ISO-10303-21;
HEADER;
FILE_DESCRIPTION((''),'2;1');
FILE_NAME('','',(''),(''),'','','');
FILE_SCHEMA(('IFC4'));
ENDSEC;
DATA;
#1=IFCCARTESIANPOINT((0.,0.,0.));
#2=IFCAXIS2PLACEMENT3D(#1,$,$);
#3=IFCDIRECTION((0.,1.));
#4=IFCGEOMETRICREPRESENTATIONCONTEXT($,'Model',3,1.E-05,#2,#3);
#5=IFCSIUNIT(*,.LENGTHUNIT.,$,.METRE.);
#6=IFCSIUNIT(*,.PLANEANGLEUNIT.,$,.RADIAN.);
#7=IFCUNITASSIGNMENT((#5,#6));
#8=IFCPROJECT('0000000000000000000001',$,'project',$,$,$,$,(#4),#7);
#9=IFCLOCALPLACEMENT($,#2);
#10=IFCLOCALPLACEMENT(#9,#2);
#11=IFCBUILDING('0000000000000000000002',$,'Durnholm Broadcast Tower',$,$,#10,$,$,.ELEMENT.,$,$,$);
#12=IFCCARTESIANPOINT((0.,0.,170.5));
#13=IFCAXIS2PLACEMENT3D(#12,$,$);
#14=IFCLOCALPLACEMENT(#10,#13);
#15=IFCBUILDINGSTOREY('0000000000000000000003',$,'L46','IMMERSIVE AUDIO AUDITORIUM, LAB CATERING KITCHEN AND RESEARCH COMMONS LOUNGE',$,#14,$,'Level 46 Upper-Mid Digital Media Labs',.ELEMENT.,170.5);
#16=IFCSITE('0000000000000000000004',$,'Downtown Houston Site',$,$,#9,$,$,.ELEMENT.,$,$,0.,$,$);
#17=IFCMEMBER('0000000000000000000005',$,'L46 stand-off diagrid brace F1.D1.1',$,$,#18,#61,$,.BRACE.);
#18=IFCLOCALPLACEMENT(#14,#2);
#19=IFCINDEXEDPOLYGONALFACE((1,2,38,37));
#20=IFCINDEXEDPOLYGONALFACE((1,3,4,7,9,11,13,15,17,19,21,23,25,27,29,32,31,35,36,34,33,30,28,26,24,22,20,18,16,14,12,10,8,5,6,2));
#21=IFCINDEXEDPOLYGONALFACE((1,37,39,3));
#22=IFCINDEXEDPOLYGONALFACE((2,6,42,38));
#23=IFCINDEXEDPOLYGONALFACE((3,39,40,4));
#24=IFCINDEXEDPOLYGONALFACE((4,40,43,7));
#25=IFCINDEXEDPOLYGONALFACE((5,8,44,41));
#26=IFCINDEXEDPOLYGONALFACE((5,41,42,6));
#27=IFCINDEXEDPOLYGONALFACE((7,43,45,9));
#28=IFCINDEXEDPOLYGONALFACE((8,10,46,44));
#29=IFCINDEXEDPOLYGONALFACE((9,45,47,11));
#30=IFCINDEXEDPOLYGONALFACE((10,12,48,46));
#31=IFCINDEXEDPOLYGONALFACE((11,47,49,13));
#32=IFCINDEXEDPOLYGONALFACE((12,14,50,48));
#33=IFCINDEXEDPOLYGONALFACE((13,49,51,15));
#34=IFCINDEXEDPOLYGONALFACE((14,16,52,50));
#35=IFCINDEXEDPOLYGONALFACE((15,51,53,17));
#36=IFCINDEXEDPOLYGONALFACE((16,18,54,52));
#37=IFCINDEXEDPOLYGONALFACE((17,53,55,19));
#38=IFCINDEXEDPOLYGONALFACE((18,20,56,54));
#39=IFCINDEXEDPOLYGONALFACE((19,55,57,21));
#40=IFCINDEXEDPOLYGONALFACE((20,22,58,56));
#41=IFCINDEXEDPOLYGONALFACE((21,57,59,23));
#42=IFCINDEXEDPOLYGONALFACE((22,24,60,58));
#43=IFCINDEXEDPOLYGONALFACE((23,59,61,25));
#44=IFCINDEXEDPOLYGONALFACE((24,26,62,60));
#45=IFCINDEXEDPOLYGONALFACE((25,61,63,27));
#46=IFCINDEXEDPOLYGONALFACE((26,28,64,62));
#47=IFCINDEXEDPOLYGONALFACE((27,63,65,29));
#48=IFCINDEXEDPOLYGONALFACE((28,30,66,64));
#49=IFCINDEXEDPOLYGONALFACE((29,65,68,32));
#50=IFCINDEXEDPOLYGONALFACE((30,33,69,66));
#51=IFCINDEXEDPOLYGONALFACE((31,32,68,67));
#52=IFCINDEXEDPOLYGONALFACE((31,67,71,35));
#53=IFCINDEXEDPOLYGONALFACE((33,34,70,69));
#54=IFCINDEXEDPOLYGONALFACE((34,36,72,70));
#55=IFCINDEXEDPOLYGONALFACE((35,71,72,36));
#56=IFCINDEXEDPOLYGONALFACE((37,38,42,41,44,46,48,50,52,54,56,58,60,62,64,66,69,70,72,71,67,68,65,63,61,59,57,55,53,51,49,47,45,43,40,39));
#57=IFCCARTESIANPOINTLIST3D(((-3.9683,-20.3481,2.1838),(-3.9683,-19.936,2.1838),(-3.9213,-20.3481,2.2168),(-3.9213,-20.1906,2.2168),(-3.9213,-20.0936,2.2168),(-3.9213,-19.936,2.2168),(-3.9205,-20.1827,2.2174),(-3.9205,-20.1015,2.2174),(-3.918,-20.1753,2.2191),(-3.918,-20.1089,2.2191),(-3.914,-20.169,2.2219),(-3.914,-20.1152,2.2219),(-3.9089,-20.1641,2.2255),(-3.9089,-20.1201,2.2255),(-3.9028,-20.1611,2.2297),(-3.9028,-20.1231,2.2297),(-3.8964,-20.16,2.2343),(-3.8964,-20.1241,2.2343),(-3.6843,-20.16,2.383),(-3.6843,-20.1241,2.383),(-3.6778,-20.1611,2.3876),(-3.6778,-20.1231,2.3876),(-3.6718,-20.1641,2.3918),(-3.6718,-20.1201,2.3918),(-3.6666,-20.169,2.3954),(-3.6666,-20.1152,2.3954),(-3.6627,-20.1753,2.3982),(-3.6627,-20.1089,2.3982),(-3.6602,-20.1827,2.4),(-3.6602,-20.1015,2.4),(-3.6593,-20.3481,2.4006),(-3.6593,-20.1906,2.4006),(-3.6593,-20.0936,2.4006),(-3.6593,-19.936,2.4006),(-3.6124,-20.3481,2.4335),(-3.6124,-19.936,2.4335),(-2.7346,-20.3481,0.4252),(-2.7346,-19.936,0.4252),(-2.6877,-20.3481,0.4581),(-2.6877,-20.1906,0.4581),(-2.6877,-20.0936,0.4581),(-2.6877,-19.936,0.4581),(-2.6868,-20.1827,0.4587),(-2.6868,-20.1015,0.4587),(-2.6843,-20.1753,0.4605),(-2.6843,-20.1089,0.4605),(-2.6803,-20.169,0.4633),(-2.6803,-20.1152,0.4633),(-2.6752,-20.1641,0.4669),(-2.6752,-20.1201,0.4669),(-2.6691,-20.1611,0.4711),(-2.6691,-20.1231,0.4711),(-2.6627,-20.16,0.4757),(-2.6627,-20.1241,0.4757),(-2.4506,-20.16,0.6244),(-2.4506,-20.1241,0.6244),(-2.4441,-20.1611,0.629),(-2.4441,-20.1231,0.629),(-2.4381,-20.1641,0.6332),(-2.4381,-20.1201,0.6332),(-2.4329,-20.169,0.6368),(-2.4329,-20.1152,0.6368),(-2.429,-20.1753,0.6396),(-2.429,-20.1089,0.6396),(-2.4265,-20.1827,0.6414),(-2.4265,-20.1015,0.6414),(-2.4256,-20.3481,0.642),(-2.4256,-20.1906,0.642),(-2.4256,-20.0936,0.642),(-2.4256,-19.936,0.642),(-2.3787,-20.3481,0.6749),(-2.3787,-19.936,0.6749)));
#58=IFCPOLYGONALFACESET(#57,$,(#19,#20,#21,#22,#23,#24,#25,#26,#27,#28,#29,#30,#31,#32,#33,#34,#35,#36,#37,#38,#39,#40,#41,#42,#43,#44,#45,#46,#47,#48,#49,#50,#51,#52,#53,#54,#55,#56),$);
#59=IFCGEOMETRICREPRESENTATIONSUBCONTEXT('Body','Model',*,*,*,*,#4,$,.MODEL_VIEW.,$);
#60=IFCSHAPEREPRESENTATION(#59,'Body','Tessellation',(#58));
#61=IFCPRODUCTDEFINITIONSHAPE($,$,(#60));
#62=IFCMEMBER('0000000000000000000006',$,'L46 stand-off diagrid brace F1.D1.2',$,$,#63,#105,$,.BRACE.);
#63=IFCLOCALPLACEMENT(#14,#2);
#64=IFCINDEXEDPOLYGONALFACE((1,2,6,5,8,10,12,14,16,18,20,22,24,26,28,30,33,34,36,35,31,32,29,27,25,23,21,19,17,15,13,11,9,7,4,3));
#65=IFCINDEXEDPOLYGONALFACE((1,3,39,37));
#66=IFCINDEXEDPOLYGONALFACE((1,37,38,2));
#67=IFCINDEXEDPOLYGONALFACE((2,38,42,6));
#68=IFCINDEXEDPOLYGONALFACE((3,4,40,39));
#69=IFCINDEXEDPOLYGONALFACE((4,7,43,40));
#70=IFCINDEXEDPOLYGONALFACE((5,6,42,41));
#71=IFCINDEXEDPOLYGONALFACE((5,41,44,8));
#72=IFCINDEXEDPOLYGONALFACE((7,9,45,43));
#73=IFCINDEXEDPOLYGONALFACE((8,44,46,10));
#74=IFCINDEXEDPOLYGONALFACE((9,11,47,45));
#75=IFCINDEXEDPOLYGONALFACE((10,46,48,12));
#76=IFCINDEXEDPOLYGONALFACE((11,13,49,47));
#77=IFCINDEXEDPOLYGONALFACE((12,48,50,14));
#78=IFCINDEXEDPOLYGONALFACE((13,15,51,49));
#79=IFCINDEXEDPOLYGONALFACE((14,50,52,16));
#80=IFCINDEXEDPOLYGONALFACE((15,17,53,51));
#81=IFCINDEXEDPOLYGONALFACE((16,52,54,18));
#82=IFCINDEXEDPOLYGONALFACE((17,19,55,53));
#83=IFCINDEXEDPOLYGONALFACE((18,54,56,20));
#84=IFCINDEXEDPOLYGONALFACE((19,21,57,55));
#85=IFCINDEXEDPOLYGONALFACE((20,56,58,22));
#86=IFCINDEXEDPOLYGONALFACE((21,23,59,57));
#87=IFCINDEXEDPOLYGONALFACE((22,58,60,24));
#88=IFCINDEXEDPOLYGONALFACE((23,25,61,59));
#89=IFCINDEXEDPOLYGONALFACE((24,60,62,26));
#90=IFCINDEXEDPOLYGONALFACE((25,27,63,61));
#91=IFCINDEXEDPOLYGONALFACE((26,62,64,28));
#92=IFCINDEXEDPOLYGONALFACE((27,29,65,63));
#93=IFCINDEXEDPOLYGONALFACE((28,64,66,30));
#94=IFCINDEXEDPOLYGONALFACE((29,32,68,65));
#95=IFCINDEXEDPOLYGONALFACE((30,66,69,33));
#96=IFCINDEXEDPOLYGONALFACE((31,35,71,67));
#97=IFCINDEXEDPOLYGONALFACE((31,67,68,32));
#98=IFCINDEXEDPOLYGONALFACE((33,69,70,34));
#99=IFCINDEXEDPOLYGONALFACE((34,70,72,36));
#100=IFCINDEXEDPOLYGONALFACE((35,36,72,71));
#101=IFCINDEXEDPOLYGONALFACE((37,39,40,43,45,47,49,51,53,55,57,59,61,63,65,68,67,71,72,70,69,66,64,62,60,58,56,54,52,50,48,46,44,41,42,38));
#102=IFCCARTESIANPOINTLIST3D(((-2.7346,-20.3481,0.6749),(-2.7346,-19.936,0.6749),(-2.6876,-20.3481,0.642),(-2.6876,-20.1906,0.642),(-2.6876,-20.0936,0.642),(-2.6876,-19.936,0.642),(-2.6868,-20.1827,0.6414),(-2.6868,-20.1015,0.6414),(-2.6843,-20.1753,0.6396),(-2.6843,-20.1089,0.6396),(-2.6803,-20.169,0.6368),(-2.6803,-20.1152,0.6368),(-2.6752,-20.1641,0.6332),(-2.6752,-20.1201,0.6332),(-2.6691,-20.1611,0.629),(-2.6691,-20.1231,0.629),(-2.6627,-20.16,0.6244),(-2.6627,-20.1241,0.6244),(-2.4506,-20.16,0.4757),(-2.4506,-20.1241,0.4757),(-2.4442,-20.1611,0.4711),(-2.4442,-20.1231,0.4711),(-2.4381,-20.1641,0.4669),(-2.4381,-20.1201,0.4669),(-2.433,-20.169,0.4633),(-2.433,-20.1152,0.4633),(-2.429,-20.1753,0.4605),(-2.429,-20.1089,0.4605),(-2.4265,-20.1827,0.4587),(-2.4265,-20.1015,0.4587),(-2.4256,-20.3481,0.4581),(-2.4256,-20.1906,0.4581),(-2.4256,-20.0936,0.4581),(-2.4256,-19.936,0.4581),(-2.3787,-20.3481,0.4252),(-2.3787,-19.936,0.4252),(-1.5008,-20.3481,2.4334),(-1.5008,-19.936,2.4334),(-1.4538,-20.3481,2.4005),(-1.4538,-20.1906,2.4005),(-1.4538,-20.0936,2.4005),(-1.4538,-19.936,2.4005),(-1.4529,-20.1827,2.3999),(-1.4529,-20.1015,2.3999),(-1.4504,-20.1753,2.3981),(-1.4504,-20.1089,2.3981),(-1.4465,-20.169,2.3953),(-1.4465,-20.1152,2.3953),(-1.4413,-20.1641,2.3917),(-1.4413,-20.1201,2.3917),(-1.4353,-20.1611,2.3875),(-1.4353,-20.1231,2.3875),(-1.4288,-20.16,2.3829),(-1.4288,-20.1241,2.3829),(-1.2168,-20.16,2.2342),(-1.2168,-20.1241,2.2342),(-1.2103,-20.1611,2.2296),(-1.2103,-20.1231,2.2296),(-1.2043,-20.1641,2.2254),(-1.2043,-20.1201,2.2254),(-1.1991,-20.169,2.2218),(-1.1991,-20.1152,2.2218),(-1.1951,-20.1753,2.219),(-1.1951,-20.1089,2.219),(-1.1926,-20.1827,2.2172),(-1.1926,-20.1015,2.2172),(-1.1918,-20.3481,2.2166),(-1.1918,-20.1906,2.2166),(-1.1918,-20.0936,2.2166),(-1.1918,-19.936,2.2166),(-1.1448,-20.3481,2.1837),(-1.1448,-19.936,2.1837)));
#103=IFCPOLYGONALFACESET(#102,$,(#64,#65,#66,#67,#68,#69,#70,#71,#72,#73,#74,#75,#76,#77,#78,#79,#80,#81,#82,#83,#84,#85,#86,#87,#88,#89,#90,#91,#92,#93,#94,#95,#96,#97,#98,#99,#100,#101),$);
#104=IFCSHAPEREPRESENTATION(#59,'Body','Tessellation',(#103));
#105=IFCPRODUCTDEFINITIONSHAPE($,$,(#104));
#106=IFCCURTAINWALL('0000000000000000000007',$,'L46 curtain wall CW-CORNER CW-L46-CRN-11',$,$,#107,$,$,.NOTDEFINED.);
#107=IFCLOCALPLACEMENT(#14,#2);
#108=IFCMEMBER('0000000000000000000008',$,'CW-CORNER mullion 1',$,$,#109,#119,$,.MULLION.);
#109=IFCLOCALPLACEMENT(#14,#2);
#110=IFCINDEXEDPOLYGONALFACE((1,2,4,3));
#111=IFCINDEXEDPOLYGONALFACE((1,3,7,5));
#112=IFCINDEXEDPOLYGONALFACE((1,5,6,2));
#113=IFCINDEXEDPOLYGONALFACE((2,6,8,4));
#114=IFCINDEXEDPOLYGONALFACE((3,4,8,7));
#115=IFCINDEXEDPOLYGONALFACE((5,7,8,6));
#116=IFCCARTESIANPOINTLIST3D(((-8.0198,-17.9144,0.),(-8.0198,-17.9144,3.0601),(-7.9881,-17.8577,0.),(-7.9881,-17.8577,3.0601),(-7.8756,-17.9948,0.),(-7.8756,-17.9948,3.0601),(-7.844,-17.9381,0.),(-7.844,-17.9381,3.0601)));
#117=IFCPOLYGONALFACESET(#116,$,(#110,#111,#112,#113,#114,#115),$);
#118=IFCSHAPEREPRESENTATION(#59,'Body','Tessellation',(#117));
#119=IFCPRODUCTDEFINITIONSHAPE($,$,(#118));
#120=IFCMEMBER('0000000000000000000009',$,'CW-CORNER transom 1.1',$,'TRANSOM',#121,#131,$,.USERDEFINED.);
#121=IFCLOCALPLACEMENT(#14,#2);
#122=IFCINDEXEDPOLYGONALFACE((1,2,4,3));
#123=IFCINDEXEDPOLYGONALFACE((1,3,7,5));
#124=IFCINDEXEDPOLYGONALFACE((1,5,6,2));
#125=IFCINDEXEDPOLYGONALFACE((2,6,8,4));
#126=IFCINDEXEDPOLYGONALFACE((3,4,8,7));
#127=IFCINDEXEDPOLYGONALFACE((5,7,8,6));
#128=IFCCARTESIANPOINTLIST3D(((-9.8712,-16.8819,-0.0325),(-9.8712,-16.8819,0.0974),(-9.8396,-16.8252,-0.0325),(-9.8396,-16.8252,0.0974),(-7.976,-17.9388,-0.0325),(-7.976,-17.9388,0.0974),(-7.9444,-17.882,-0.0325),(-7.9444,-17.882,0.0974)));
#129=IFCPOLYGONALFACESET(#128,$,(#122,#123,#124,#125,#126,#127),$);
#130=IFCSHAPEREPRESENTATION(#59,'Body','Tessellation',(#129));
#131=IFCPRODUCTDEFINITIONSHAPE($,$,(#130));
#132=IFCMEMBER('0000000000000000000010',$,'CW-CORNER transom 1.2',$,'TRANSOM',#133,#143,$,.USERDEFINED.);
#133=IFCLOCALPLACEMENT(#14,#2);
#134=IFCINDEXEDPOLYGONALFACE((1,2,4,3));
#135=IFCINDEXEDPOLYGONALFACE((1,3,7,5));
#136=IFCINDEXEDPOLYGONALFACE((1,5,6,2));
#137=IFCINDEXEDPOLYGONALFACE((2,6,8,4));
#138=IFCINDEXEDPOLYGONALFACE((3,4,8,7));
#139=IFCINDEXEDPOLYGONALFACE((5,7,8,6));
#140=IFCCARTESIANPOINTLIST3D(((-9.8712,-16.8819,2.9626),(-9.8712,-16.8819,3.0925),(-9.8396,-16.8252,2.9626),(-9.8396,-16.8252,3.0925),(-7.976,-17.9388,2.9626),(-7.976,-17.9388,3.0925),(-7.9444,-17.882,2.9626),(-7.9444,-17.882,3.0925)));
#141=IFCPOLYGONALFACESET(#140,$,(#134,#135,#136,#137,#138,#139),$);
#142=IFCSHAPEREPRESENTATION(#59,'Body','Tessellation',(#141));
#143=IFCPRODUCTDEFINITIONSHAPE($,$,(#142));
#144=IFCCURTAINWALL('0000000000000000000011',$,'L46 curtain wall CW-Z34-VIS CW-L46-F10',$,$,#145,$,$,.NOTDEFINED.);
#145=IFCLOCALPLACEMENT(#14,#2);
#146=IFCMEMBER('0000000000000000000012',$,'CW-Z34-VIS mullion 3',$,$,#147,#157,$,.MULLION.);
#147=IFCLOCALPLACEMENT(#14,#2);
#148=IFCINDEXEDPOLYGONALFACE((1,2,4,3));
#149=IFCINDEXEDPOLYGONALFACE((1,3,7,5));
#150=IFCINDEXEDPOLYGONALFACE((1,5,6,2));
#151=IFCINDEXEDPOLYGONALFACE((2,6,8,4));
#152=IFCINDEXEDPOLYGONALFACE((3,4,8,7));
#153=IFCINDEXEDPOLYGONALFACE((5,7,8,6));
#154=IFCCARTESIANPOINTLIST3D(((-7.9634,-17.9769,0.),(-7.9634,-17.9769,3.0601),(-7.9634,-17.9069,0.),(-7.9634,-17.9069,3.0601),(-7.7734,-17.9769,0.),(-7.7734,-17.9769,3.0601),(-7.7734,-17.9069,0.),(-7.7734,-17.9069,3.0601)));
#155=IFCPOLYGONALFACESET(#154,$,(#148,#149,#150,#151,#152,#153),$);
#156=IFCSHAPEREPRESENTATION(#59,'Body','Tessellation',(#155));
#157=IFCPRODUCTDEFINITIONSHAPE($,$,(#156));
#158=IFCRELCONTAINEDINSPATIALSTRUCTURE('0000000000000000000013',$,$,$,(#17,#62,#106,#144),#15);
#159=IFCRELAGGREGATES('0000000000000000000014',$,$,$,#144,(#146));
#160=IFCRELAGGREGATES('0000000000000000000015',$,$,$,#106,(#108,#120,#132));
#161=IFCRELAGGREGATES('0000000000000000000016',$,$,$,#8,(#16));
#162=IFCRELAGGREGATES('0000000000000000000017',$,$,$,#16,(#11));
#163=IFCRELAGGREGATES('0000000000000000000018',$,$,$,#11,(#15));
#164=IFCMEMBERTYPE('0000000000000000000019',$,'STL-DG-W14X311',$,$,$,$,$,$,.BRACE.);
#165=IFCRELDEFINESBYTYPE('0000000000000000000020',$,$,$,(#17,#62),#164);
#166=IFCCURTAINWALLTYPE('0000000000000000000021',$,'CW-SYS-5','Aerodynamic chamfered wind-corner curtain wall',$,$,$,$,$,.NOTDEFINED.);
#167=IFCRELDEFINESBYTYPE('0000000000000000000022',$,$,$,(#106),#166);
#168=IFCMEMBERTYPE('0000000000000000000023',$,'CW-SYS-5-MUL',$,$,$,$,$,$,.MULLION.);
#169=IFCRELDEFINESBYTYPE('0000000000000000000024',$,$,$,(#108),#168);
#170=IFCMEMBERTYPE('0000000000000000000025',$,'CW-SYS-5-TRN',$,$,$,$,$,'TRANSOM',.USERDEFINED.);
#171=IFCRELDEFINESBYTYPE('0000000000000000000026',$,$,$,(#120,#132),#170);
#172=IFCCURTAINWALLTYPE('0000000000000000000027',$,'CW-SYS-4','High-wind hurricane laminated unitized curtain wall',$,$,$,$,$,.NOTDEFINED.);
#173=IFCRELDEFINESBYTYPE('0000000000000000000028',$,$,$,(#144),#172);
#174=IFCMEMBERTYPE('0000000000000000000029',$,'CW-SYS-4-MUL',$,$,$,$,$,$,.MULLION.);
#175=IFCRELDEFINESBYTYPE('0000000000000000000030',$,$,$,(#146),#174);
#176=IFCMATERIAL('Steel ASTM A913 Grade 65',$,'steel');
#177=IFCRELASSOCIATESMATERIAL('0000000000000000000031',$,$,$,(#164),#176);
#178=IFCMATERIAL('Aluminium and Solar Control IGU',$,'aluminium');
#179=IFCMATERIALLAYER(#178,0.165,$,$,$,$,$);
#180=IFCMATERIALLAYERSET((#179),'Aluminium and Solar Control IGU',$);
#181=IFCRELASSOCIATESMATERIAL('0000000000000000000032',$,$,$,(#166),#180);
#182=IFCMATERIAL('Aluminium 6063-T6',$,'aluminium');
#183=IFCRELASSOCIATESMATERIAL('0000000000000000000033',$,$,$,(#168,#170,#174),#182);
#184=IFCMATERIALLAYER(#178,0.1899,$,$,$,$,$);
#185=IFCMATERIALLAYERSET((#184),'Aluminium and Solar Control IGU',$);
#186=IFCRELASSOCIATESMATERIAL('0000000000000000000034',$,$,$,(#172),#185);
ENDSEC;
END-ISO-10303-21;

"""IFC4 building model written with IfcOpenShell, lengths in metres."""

from ifc_helpers import new_model, si_unit, direction, frame, origin, origin_2d, place, context, subcontext, project, spatial, rectangle, i_section, extrude, source, transform, mapped, material, layer, layer_set, material_profile, profile_set, type_object, type_shapes, element, aggregate, save


model = new_model("IFC4")

# Units and contexts
model_context = context("Model", 3, precision=1e-05, world=origin(), true_north=direction((0.0, 1.0)))
body_context = subcontext(model_context, "Body", "Model", "MODEL_VIEW")
ifc_project = project(units=[si_unit("LENGTHUNIT", "METRE"), si_unit("PLANEANGLEUNIT", "RADIAN")], contexts=[model_context])

# Site, building, storey
site_placement = place(None, origin())
site = spatial("IfcSite", under=ifc_project, at=site_placement, Name="Downtown Houston Site", CompositionType="ELEMENT", RefElevation=0.0)
building_placement = place(site_placement, origin())
building = spatial("IfcBuilding", under=site, at=building_placement, Name="Durnholm Broadcast Tower", CompositionType="ELEMENT")
storey_placement = place(building_placement, frame((0.0, 0.0, 170.5)))
storey = spatial("IfcBuildingStorey", under=building, at=storey_placement, Name="L46", Description="IMMERSIVE AUDIO AUDITORIUM, LAB CATERING KITCHEN AND RESEARCH COMMONS LOUNGE", LongName="Level 46 Upper-Mid Digital Media Labs", CompositionType="ELEMENT", Elevation=170.5)

# Members
ifc_material_1 = material(Name="Steel ASTM A913 Grade 65", Category="steel")
ifc_material_profile_1 = material_profile(ifc_material_1, i_section(OverallWidth=0.4121, OverallDepth=0.4348, WebThickness=0.0359, FlangeThickness=0.0574, FilletRadius=0.0305, at=origin_2d()), Name="W14X311")
ifc_profile_set_1 = profile_set([ifc_material_profile_1], Name="Steel ASTM A913 Grade 65")
member_type_1 = type_object("IfcMemberType", Name="STL-DG-W14X311", PredefinedType="BRACE", material=ifc_profile_set_1)
shared_shape_1 = source(origin(), body_context, "Body", "SweptSolid", [
    extrude(i_section(OverallWidth=0.4121, OverallDepth=0.4348, WebThickness=0.0359, FlangeThickness=0.0574, FilletRadius=0.0305, at=origin_2d()), origin(), (0.0, 0.0, 1.0), 2.1482),
])
type_shapes(member_type_1, [shared_shape_1])
for number, where, z_axis, x_axis, name in (
    (1, (-2.5566, -20.1421, 0.55), (-0.574293, 0.0, 0.818649), (0.0, -1.0, 0.0), "L46 stand-off diagrid brace F1.D1.1"),
    (2, (-2.5566, -20.1421, 0.55), (0.57437, 0.0, 0.818596), (0.0, 1.0, 0.0), "L46 stand-off diagrid brace F1.D1.2"),
):
    element("IfcMember", number, at=place(storey_placement, frame(where, z_axis=z_axis, x_axis=x_axis)), inside=storey, type_object=member_type_1, Name=name, PredefinedType="BRACE", context=body_context, shape_type="MappedRepresentation", body=[
        mapped(shared_shape_1, transform((0.0, 0.0, 0.0), x_axis=(1.0, 0.0, 0.0), y_axis=(0.0, 1.0, 0.0), z_axis=(0.0, 0.0, 1.0), scale=1.0)),
    ])

# Curtain wall, members
ifc_material_2 = material(Name="Aluminium and Solar Control IGU", Category="aluminium")
ifc_layer_1 = layer(ifc_material_2, 0.165)
ifc_layer_set_1 = layer_set([ifc_layer_1], Name="Aluminium and Solar Control IGU")
curtain_wall_type_1 = type_object("IfcCurtainWallType", Name="CW-SYS-5", Description="Aerodynamic chamfered wind-corner curtain wall", PredefinedType="NOTDEFINED", material=ifc_layer_set_1)
curtain_wall_1_placement = place(storey_placement, origin())
curtain_wall_1 = element("IfcCurtainWall", 3, at=curtain_wall_1_placement, inside=storey, type_object=curtain_wall_type_1, Name="L46 curtain wall CW-CORNER CW-L46-CRN-11", PredefinedType="NOTDEFINED")
ifc_material_3 = material(Name="Aluminium 6063-T6", Category="aluminium")
ifc_material_profile_2 = material_profile(ifc_material_3, rectangle(XDim=0.0649, YDim=0.165, at=origin_2d()), Name="CWM65X165")
ifc_profile_set_2 = profile_set([ifc_material_profile_2], Name="Aluminium 6063-T6")
member_type_2 = type_object("IfcMemberType", Name="CW-SYS-5-MUL", PredefinedType="MULLION", material=ifc_profile_set_2)
shared_shape_2 = source(origin(), body_context, "Body", "SweptSolid", [
    extrude(rectangle(XDim=0.0649, YDim=0.165, at=origin_2d()), origin(), (0.0, 0.0, 1.0), 3.0601),
])
type_shapes(member_type_2, [shared_shape_2])
member_1_placement = place(storey_placement, frame((-7.9319, -17.9263, 0.0), z_axis=(0.0, 0.0, 1.0), x_axis=(-0.486986, -0.87341, 0.0)))
member_1 = element("IfcMember", 4, at=member_1_placement, type_object=member_type_2, Name="CW-CORNER mullion 1", PredefinedType="MULLION", context=body_context, shape_type="MappedRepresentation", body=[
    mapped(shared_shape_2, transform((0.0, 0.0, 0.0), x_axis=(1.0, 0.0, 0.0), y_axis=(0.0, 1.0, 0.0), z_axis=(0.0, 0.0, 1.0), scale=1.0)),
])
ifc_material_profile_3 = material_profile(ifc_material_3, rectangle(XDim=0.0649, YDim=0.1299, at=origin_2d()), Name="CWT65X130")
ifc_profile_set_3 = profile_set([ifc_material_profile_3], Name="Aluminium 6063-T6")
member_type_3 = type_object("IfcMemberType", Name="CW-SYS-5-TRN", ElementType="TRANSOM", PredefinedType="USERDEFINED", material=ifc_profile_set_3)
shared_shape_3 = source(origin(), body_context, "Body", "SweptSolid", [
    extrude(rectangle(XDim=0.0649, YDim=0.1299, at=origin_2d()), origin(), (0.0, 0.0, 1.0), 2.1699),
])
type_shapes(member_type_3, [shared_shape_3])
member_2_placement = place(storey_placement, frame((-7.9602, -17.9104, 0.0325), z_axis=(-0.873381, 0.487037, 0.0), x_axis=(-0.487037, -0.873381, 0.0)))
member_2 = element("IfcMember", 5, at=member_2_placement, type_object=member_type_3, Name="CW-CORNER transom 1.1", ObjectType="TRANSOM", PredefinedType="USERDEFINED", context=body_context, shape_type="MappedRepresentation", body=[
    mapped(shared_shape_3, transform((0.0, 0.0, 0.0), x_axis=(1.0, 0.0, 0.0), y_axis=(0.0, 1.0, 0.0), z_axis=(0.0, 0.0, 1.0), scale=1.0)),
])
member_3_placement = place(storey_placement, frame((-7.9602, -17.9104, 3.0276), z_axis=(-0.873381, 0.487037, 0.0), x_axis=(-0.487037, -0.873381, 0.0)))
member_3 = element("IfcMember", 6, at=member_3_placement, type_object=member_type_3, Name="CW-CORNER transom 1.2", ObjectType="TRANSOM", PredefinedType="USERDEFINED", context=body_context, shape_type="MappedRepresentation", body=[
    mapped(shared_shape_3, transform((0.0, 0.0, 0.0), x_axis=(1.0, 0.0, 0.0), y_axis=(0.0, 1.0, 0.0), z_axis=(0.0, 0.0, 1.0), scale=1.0)),
])

# Curtain wall, member
ifc_layer_2 = layer(ifc_material_2, 0.1899)
ifc_layer_set_2 = layer_set([ifc_layer_2], Name="Aluminium and Solar Control IGU")
curtain_wall_type_2 = type_object("IfcCurtainWallType", Name="CW-SYS-4", Description="High-wind hurricane laminated unitized curtain wall", PredefinedType="NOTDEFINED", material=ifc_layer_set_2)
curtain_wall_2_placement = place(storey_placement, origin())
curtain_wall_2 = element("IfcCurtainWall", 7, at=curtain_wall_2_placement, inside=storey, type_object=curtain_wall_type_2, Name="L46 curtain wall CW-Z34-VIS CW-L46-F10", PredefinedType="NOTDEFINED")
ifc_material_profile_4 = material_profile(ifc_material_3, rectangle(XDim=0.0701, YDim=0.1899, at=origin_2d()), Name="CWM70X190")
ifc_profile_set_4 = profile_set([ifc_material_profile_4], Name="Aluminium 6063-T6")
member_type_4 = type_object("IfcMemberType", Name="CW-SYS-4-MUL", PredefinedType="MULLION", material=ifc_profile_set_4)
shared_shape_4 = source(origin(), body_context, "Body", "SweptSolid", [
    extrude(rectangle(XDim=0.0701, YDim=0.1899, at=origin_2d()), origin(), (0.0, 0.0, 1.0), 3.0601),
])
type_shapes(member_type_4, [shared_shape_4])
member_4_placement = place(storey_placement, frame((-7.8684, -17.9419, 0.0), z_axis=(0.0, 0.0, 1.0), x_axis=(0.0, -1.0, 0.0)))
member_4 = element("IfcMember", 8, at=member_4_placement, type_object=member_type_4, Name="CW-Z34-VIS mullion 3", PredefinedType="MULLION", context=body_context, shape_type="MappedRepresentation", body=[
    mapped(shared_shape_4, transform((0.0, 0.0, 0.0), x_axis=(1.0, 0.0, 0.0), y_axis=(0.0, 1.0, 0.0), z_axis=(0.0, 0.0, 1.0), scale=1.0)),
])

aggregate(curtain_wall_2, [member_4])
aggregate(curtain_wall_1, [member_1, member_2, member_3])

save(model, "model.ifc")
